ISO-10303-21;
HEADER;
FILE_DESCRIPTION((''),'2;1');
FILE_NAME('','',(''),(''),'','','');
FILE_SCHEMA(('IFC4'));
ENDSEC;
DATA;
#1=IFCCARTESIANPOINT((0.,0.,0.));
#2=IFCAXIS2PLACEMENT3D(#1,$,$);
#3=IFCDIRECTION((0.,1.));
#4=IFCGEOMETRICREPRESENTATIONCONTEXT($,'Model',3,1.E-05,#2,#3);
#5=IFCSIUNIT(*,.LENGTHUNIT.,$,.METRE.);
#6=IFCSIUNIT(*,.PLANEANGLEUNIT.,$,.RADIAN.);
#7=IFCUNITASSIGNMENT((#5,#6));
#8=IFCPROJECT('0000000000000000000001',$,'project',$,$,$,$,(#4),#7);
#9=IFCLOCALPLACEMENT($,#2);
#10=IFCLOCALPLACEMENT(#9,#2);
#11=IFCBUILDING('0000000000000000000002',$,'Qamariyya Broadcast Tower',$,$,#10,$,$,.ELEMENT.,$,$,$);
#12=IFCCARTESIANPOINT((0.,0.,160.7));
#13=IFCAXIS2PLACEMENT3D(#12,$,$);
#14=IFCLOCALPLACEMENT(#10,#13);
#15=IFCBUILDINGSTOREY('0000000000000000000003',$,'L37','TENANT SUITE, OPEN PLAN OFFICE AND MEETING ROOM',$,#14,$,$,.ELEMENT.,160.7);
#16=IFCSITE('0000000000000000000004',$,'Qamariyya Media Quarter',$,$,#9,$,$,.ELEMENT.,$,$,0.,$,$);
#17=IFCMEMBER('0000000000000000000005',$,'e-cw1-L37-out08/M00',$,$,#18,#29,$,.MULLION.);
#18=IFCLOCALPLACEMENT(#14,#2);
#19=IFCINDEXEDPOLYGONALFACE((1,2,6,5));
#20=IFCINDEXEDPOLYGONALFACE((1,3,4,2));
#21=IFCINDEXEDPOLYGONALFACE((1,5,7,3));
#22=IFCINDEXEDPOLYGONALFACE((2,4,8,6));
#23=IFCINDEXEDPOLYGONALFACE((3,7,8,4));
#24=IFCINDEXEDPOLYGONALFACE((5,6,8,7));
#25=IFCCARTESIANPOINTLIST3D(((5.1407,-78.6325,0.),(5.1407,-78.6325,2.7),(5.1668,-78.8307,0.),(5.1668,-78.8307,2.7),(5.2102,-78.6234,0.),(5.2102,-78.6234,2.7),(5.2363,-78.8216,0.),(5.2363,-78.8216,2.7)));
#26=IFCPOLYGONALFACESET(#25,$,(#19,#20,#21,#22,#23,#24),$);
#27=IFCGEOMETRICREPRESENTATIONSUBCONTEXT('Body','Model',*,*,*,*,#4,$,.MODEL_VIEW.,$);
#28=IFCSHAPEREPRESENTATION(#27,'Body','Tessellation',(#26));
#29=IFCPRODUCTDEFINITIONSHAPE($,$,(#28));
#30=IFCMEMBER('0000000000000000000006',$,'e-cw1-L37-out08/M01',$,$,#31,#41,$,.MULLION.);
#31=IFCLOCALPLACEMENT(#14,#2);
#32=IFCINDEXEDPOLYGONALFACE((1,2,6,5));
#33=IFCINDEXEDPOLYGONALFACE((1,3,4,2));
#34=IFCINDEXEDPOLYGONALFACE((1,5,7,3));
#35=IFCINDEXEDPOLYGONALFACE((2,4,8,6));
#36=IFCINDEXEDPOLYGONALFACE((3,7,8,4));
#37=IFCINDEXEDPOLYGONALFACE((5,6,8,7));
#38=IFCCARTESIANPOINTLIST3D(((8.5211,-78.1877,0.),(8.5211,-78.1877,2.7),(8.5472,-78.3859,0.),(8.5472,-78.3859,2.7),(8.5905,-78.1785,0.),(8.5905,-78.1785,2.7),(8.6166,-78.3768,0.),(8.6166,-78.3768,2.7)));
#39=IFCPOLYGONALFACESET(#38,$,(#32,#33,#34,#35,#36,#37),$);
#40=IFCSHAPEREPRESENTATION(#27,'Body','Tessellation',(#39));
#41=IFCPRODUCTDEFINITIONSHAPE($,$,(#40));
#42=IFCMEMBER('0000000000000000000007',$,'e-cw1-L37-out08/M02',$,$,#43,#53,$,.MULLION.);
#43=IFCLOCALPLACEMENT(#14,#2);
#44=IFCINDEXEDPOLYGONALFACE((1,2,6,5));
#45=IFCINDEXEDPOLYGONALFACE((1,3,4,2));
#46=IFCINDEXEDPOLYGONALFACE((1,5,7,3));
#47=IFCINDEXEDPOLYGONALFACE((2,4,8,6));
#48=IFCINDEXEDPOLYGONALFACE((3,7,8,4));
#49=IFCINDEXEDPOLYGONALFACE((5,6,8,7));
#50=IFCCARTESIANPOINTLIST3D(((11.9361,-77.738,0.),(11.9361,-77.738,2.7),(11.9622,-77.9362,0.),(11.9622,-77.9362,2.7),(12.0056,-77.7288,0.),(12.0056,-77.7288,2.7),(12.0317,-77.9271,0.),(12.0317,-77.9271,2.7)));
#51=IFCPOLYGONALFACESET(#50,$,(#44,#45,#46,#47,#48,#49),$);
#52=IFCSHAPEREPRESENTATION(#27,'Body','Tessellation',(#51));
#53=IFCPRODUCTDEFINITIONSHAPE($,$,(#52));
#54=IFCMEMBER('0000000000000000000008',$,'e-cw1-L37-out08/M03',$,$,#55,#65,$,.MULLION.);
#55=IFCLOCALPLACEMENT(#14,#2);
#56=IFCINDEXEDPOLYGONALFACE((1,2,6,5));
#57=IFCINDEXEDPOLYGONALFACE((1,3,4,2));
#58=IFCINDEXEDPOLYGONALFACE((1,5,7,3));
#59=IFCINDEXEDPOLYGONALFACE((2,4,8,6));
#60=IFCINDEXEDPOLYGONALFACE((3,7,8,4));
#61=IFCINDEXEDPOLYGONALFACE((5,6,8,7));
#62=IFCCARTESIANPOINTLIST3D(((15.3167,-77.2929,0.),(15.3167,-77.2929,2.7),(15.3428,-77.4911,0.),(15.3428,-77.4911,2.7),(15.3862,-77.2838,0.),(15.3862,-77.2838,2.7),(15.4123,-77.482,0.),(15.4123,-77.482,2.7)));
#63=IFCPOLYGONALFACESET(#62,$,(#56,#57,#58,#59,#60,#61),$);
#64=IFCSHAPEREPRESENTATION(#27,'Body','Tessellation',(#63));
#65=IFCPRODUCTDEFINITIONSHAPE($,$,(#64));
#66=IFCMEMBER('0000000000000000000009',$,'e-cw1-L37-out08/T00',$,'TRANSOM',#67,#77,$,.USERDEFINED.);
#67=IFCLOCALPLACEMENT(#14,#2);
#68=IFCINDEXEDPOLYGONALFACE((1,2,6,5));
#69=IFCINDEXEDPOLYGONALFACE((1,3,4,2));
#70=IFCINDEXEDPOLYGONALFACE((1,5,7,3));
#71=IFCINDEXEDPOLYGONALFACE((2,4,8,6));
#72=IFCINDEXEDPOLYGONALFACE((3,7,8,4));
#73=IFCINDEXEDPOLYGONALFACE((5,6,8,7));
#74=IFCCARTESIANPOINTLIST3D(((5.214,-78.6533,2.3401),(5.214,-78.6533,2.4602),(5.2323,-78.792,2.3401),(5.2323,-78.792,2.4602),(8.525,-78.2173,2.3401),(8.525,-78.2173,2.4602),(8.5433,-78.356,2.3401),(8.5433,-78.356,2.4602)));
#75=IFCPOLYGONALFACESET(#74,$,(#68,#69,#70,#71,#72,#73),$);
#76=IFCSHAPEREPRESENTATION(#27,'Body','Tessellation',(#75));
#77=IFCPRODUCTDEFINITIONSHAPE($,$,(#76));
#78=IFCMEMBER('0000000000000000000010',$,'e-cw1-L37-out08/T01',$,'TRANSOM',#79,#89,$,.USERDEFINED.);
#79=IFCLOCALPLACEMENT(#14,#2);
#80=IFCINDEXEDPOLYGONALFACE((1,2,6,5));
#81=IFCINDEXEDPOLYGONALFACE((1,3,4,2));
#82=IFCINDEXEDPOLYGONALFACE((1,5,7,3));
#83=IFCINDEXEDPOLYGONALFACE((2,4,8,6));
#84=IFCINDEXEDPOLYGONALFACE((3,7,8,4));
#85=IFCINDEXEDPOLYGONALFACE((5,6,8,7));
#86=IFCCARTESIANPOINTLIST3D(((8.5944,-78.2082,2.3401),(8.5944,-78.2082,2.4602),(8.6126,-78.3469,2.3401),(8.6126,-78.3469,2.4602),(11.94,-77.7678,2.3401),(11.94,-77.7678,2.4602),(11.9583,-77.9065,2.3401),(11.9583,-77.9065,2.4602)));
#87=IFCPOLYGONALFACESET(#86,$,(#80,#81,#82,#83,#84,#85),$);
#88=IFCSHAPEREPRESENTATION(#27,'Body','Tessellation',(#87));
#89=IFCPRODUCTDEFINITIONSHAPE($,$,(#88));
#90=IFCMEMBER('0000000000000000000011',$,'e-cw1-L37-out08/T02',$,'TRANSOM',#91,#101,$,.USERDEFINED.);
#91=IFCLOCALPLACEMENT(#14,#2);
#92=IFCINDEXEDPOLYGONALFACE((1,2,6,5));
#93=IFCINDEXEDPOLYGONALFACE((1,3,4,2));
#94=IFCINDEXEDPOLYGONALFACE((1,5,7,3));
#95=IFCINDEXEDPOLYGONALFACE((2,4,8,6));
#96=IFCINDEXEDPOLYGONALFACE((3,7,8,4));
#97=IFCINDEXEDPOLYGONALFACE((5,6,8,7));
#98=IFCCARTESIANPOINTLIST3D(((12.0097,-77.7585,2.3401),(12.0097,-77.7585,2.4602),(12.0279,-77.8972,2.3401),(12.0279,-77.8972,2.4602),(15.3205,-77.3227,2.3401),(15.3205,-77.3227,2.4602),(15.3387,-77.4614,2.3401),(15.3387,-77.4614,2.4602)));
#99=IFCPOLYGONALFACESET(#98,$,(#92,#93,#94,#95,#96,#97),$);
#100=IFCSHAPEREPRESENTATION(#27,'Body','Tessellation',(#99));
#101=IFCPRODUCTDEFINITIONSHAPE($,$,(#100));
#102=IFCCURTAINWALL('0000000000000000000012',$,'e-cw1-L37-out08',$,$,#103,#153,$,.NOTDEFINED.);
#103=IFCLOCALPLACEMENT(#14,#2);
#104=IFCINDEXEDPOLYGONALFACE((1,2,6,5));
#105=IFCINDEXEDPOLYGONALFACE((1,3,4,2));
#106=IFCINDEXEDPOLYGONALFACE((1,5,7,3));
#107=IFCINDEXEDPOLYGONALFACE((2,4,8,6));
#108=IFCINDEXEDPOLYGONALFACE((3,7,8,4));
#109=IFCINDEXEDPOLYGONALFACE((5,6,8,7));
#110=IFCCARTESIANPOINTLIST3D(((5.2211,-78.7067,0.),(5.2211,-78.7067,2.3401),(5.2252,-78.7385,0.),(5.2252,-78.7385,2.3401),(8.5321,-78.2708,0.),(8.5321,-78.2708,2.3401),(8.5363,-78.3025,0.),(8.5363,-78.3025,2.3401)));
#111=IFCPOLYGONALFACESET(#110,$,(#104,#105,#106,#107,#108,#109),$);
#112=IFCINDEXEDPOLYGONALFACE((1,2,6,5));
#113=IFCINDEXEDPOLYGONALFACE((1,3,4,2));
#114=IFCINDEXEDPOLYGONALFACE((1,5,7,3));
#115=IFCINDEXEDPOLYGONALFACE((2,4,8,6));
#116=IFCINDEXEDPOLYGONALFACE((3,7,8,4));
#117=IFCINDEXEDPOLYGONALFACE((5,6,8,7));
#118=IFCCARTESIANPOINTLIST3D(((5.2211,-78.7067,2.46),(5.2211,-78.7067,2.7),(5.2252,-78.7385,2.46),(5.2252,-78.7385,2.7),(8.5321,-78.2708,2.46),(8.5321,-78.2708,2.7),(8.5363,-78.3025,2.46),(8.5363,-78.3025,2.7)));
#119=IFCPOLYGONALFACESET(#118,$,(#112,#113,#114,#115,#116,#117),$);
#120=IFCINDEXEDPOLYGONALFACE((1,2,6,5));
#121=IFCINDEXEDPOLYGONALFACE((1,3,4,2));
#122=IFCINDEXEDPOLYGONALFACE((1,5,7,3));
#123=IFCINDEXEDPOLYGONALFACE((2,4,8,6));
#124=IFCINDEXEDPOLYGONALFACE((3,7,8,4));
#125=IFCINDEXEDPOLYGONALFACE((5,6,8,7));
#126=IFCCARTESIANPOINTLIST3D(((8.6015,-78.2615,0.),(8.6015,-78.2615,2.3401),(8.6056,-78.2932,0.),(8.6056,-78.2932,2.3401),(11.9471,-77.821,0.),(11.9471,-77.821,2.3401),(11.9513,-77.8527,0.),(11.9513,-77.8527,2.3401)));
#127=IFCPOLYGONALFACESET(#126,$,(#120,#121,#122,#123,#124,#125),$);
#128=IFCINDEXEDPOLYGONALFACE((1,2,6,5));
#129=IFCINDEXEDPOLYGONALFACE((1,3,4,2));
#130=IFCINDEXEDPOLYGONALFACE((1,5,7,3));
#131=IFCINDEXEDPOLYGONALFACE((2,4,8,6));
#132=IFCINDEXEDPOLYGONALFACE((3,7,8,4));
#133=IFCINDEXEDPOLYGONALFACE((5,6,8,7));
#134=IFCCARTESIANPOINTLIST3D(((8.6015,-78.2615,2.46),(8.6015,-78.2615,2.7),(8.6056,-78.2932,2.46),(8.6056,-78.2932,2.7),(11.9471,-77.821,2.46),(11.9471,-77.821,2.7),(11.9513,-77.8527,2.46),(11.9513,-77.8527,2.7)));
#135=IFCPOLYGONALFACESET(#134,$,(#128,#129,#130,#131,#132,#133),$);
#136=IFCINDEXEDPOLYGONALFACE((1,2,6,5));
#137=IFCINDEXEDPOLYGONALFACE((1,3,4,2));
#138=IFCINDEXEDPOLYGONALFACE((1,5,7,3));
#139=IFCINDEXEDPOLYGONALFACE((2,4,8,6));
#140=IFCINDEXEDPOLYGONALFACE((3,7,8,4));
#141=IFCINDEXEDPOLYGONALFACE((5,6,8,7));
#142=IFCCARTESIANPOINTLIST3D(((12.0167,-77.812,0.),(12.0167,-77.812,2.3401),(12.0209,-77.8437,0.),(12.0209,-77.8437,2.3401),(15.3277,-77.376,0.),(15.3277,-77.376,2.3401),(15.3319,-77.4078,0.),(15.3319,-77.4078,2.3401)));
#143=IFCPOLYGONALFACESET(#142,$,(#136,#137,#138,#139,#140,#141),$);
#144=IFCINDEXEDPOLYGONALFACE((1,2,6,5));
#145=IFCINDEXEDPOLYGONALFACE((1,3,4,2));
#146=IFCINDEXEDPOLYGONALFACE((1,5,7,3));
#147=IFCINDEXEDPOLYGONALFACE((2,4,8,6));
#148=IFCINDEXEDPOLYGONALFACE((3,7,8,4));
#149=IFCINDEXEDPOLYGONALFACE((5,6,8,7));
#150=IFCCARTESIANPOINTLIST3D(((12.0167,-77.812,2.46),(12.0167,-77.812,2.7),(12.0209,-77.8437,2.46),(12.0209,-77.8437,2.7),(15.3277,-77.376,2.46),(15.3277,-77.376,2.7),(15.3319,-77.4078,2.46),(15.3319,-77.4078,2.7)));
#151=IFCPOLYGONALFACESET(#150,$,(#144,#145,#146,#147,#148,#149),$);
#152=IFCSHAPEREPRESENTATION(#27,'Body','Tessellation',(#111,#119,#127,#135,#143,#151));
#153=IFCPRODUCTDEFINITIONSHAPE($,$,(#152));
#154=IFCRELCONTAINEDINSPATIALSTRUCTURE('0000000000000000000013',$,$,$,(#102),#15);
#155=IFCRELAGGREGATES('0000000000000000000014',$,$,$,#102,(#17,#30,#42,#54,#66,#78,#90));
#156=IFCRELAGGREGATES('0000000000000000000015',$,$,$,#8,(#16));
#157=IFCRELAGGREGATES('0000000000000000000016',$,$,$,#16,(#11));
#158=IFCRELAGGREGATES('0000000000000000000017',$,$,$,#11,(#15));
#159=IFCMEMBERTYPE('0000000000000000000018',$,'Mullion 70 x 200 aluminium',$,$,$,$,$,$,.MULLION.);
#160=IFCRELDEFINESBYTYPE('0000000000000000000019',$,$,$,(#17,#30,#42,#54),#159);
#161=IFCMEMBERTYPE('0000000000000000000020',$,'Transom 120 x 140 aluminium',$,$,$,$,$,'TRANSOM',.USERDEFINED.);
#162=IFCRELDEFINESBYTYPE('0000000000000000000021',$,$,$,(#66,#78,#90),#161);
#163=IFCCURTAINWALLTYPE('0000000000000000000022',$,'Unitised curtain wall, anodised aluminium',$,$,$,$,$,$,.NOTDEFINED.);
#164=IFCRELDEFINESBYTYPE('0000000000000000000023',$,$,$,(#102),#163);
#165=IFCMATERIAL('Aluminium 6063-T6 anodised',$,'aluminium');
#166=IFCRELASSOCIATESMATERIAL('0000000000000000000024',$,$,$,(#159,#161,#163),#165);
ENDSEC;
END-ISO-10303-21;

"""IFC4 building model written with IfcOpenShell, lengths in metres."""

from ifc_helpers import new_model, si_unit, direction, frame, origin, origin_2d, place, context, subcontext, project, spatial, rectangle, extrude, material, material_profile, profile_set, type_object, element, aggregate, save


model = new_model("IFC4")

# Units and contexts
model_context = context("Model", 3, precision=1e-05, world=origin(), true_north=direction((0.0, 1.0)))
body_context = subcontext(model_context, "Body", "Model", "MODEL_VIEW")
ifc_project = project(units=[si_unit("LENGTHUNIT", "METRE"), si_unit("PLANEANGLEUNIT", "RADIAN")], contexts=[model_context])

# Members
ifc_material = material(Name="Aluminium 6063-T6 anodised", Category="aluminium")
ifc_material_profile_1 = material_profile(ifc_material, rectangle(XDim=0.2, YDim=0.0701, at=origin_2d()))
ifc_profile_set_1 = profile_set([ifc_material_profile_1], Name="Aluminium 6063-T6 anodised")
member_type_1 = type_object("IfcMemberType", Name="Mullion 70 x 200 aluminium", PredefinedType="MULLION", material=ifc_profile_set_1)
site_placement = place(None, origin())
building_placement = place(site_placement, origin())
storey_placement = place(building_placement, frame((0.0, 0.0, 160.7)))
member_1_placement = place(storey_placement, frame((5.1885, -78.7271, 0.0), z_axis=(0.0, 0.0, 1.0), x_axis=(-0.130526, 0.991445, 0.0)))
member_1 = element("IfcMember", 1, at=member_1_placement, type_object=member_type_1, Name="e-cw1-L37-out08/M00", PredefinedType="MULLION", context=body_context, shape_type="SweptSolid", body=[
    extrude(rectangle(XDim=0.2, YDim=0.0701, at=origin_2d()), origin(), (0.0, 0.0, 1.0), 2.7),
])
member_2_placement = place(storey_placement, frame((8.5688, -78.2822, 0.0), z_axis=(0.0, 0.0, 1.0), x_axis=(-0.130526, 0.991445, 0.0)))
member_2 = element("IfcMember", 2, at=member_2_placement, type_object=member_type_1, Name="e-cw1-L37-out08/M01", PredefinedType="MULLION", context=body_context, shape_type="SweptSolid", body=[
    extrude(rectangle(XDim=0.2, YDim=0.0701, at=origin_2d()), origin(), (0.0, 0.0, 1.0), 2.7),
])
member_3_placement = place(storey_placement, frame((11.9839, -77.8325, 0.0), z_axis=(0.0, 0.0, 1.0), x_axis=(-0.130526, 0.991445, 0.0)))
member_3 = element("IfcMember", 3, at=member_3_placement, type_object=member_type_1, Name="e-cw1-L37-out08/M02", PredefinedType="MULLION", context=body_context, shape_type="SweptSolid", body=[
    extrude(rectangle(XDim=0.2, YDim=0.0701, at=origin_2d()), origin(), (0.0, 0.0, 1.0), 2.7),
])
member_4_placement = place(storey_placement, frame((15.3645, -77.3875, 0.0), z_axis=(0.0, 0.0, 1.0), x_axis=(-0.130526, 0.991445, 0.0)))
member_4 = element("IfcMember", 4, at=member_4_placement, type_object=member_type_1, Name="e-cw1-L37-out08/M03", PredefinedType="MULLION", context=body_context, shape_type="SweptSolid", body=[
    extrude(rectangle(XDim=0.2, YDim=0.0701, at=origin_2d()), origin(), (0.0, 0.0, 1.0), 2.7),
])
ifc_material_profile_2 = material_profile(ifc_material, rectangle(XDim=0.1399, YDim=0.1201, at=origin_2d()))
ifc_profile_set_2 = profile_set([ifc_material_profile_2], Name="Aluminium 6063-T6 anodised")
member_type_2 = type_object("IfcMemberType", Name="Transom 120 x 140 aluminium", ElementType="TRANSOM", PredefinedType="USERDEFINED", material=ifc_profile_set_2)
member_5_placement = place(storey_placement, frame((5.2231, -78.7227, 2.4001), z_axis=(0.99144, 0.130564, 0.0), x_axis=(-0.130564, 0.99144, 0.0)))
member_5 = element("IfcMember", 5, at=member_5_placement, type_object=member_type_2, Name="e-cw1-L37-out08/T00", ObjectType="TRANSOM", PredefinedType="USERDEFINED", context=body_context, shape_type="SweptSolid", body=[
    extrude(rectangle(XDim=0.1399, YDim=0.1201, at=origin_2d()), origin(), (0.0, 0.0, 1.0), 3.3396),
])
member_6_placement = place(storey_placement, frame((8.6035, -78.2776, 2.4001), z_axis=(0.991446, 0.130514, 0.0), x_axis=(-0.130514, 0.991446, 0.0)))
member_6 = element("IfcMember", 6, at=member_6_placement, type_object=member_type_2, Name="e-cw1-L37-out08/T01", ObjectType="TRANSOM", PredefinedType="USERDEFINED", context=body_context, shape_type="SweptSolid", body=[
    extrude(rectangle(XDim=0.1399, YDim=0.1201, at=origin_2d()), origin(), (0.0, 0.0, 1.0), 3.3745),
])
member_7_placement = place(storey_placement, frame((12.0188, -77.8279, 2.4001), z_axis=(0.991448, 0.130502, 0.0), x_axis=(-0.130502, 0.991448, 0.0)))
member_7 = element("IfcMember", 7, at=member_7_placement, type_object=member_type_2, Name="e-cw1-L37-out08/T02", ObjectType="TRANSOM", PredefinedType="USERDEFINED", context=body_context, shape_type="SweptSolid", body=[
    extrude(rectangle(XDim=0.1399, YDim=0.1201, at=origin_2d()), origin(), (0.0, 0.0, 1.0), 3.3394),
])

# Site, building, storey
site = spatial("IfcSite", under=ifc_project, at=site_placement, Name="Qamariyya Media Quarter", CompositionType="ELEMENT", RefElevation=0.0)
building = spatial("IfcBuilding", under=site, at=building_placement, Name="Qamariyya Broadcast Tower", CompositionType="ELEMENT")
storey = spatial("IfcBuildingStorey", under=building, at=storey_placement, Name="L37", Description="TENANT SUITE, OPEN PLAN OFFICE AND MEETING ROOM", CompositionType="ELEMENT", Elevation=160.7)

# Curtain wall
curtain_wall_type = type_object("IfcCurtainWallType", Name="Unitised curtain wall, anodised aluminium", PredefinedType="NOTDEFINED", material=ifc_material)
curtain_wall_1_placement = place(storey_placement, origin())
curtain_wall_1 = element("IfcCurtainWall", 8, at=curtain_wall_1_placement, inside=storey, type_object=curtain_wall_type, Name="e-cw1-L37-out08", PredefinedType="NOTDEFINED", context=body_context, shape_type="SweptSolid", body=[
    extrude(rectangle(XDim=3.3396, YDim=0.032, at=origin_2d()), frame((6.8787, -78.5046, 0.0), x_axis=(0.991444, 0.130531, 0.0)), (0.0, 0.0, 1.0), 2.3401),
    extrude(rectangle(XDim=3.3396, YDim=0.032, at=origin_2d()), frame((6.8787, -78.5046, 2.46), x_axis=(0.991444, 0.130531, 0.0)), (0.0, 0.0, 1.0), 0.24),
    extrude(rectangle(XDim=3.3745, YDim=0.032, at=origin_2d()), frame((10.2764, -78.0571, 0.0), x_axis=(0.991444, 0.130531, 0.0)), (0.0, 0.0, 1.0), 2.3401),
    extrude(rectangle(XDim=3.3745, YDim=0.032, at=origin_2d()), frame((10.2764, -78.0571, 2.46), x_axis=(0.991444, 0.130531, 0.0)), (0.0, 0.0, 1.0), 0.24),
    extrude(rectangle(XDim=3.3396, YDim=0.032, at=origin_2d()), frame((13.6743, -77.6099, 0.0), x_axis=(0.991444, 0.130531, 0.0)), (0.0, 0.0, 1.0), 2.3401),
    extrude(rectangle(XDim=3.3396, YDim=0.032, at=origin_2d()), frame((13.6743, -77.6099, 2.46), x_axis=(0.991444, 0.130531, 0.0)), (0.0, 0.0, 1.0), 0.24),
])
aggregate(curtain_wall_1, [member_1, member_2, member_3, member_4, member_5, member_6, member_7])

save(model, "model.ifc")
